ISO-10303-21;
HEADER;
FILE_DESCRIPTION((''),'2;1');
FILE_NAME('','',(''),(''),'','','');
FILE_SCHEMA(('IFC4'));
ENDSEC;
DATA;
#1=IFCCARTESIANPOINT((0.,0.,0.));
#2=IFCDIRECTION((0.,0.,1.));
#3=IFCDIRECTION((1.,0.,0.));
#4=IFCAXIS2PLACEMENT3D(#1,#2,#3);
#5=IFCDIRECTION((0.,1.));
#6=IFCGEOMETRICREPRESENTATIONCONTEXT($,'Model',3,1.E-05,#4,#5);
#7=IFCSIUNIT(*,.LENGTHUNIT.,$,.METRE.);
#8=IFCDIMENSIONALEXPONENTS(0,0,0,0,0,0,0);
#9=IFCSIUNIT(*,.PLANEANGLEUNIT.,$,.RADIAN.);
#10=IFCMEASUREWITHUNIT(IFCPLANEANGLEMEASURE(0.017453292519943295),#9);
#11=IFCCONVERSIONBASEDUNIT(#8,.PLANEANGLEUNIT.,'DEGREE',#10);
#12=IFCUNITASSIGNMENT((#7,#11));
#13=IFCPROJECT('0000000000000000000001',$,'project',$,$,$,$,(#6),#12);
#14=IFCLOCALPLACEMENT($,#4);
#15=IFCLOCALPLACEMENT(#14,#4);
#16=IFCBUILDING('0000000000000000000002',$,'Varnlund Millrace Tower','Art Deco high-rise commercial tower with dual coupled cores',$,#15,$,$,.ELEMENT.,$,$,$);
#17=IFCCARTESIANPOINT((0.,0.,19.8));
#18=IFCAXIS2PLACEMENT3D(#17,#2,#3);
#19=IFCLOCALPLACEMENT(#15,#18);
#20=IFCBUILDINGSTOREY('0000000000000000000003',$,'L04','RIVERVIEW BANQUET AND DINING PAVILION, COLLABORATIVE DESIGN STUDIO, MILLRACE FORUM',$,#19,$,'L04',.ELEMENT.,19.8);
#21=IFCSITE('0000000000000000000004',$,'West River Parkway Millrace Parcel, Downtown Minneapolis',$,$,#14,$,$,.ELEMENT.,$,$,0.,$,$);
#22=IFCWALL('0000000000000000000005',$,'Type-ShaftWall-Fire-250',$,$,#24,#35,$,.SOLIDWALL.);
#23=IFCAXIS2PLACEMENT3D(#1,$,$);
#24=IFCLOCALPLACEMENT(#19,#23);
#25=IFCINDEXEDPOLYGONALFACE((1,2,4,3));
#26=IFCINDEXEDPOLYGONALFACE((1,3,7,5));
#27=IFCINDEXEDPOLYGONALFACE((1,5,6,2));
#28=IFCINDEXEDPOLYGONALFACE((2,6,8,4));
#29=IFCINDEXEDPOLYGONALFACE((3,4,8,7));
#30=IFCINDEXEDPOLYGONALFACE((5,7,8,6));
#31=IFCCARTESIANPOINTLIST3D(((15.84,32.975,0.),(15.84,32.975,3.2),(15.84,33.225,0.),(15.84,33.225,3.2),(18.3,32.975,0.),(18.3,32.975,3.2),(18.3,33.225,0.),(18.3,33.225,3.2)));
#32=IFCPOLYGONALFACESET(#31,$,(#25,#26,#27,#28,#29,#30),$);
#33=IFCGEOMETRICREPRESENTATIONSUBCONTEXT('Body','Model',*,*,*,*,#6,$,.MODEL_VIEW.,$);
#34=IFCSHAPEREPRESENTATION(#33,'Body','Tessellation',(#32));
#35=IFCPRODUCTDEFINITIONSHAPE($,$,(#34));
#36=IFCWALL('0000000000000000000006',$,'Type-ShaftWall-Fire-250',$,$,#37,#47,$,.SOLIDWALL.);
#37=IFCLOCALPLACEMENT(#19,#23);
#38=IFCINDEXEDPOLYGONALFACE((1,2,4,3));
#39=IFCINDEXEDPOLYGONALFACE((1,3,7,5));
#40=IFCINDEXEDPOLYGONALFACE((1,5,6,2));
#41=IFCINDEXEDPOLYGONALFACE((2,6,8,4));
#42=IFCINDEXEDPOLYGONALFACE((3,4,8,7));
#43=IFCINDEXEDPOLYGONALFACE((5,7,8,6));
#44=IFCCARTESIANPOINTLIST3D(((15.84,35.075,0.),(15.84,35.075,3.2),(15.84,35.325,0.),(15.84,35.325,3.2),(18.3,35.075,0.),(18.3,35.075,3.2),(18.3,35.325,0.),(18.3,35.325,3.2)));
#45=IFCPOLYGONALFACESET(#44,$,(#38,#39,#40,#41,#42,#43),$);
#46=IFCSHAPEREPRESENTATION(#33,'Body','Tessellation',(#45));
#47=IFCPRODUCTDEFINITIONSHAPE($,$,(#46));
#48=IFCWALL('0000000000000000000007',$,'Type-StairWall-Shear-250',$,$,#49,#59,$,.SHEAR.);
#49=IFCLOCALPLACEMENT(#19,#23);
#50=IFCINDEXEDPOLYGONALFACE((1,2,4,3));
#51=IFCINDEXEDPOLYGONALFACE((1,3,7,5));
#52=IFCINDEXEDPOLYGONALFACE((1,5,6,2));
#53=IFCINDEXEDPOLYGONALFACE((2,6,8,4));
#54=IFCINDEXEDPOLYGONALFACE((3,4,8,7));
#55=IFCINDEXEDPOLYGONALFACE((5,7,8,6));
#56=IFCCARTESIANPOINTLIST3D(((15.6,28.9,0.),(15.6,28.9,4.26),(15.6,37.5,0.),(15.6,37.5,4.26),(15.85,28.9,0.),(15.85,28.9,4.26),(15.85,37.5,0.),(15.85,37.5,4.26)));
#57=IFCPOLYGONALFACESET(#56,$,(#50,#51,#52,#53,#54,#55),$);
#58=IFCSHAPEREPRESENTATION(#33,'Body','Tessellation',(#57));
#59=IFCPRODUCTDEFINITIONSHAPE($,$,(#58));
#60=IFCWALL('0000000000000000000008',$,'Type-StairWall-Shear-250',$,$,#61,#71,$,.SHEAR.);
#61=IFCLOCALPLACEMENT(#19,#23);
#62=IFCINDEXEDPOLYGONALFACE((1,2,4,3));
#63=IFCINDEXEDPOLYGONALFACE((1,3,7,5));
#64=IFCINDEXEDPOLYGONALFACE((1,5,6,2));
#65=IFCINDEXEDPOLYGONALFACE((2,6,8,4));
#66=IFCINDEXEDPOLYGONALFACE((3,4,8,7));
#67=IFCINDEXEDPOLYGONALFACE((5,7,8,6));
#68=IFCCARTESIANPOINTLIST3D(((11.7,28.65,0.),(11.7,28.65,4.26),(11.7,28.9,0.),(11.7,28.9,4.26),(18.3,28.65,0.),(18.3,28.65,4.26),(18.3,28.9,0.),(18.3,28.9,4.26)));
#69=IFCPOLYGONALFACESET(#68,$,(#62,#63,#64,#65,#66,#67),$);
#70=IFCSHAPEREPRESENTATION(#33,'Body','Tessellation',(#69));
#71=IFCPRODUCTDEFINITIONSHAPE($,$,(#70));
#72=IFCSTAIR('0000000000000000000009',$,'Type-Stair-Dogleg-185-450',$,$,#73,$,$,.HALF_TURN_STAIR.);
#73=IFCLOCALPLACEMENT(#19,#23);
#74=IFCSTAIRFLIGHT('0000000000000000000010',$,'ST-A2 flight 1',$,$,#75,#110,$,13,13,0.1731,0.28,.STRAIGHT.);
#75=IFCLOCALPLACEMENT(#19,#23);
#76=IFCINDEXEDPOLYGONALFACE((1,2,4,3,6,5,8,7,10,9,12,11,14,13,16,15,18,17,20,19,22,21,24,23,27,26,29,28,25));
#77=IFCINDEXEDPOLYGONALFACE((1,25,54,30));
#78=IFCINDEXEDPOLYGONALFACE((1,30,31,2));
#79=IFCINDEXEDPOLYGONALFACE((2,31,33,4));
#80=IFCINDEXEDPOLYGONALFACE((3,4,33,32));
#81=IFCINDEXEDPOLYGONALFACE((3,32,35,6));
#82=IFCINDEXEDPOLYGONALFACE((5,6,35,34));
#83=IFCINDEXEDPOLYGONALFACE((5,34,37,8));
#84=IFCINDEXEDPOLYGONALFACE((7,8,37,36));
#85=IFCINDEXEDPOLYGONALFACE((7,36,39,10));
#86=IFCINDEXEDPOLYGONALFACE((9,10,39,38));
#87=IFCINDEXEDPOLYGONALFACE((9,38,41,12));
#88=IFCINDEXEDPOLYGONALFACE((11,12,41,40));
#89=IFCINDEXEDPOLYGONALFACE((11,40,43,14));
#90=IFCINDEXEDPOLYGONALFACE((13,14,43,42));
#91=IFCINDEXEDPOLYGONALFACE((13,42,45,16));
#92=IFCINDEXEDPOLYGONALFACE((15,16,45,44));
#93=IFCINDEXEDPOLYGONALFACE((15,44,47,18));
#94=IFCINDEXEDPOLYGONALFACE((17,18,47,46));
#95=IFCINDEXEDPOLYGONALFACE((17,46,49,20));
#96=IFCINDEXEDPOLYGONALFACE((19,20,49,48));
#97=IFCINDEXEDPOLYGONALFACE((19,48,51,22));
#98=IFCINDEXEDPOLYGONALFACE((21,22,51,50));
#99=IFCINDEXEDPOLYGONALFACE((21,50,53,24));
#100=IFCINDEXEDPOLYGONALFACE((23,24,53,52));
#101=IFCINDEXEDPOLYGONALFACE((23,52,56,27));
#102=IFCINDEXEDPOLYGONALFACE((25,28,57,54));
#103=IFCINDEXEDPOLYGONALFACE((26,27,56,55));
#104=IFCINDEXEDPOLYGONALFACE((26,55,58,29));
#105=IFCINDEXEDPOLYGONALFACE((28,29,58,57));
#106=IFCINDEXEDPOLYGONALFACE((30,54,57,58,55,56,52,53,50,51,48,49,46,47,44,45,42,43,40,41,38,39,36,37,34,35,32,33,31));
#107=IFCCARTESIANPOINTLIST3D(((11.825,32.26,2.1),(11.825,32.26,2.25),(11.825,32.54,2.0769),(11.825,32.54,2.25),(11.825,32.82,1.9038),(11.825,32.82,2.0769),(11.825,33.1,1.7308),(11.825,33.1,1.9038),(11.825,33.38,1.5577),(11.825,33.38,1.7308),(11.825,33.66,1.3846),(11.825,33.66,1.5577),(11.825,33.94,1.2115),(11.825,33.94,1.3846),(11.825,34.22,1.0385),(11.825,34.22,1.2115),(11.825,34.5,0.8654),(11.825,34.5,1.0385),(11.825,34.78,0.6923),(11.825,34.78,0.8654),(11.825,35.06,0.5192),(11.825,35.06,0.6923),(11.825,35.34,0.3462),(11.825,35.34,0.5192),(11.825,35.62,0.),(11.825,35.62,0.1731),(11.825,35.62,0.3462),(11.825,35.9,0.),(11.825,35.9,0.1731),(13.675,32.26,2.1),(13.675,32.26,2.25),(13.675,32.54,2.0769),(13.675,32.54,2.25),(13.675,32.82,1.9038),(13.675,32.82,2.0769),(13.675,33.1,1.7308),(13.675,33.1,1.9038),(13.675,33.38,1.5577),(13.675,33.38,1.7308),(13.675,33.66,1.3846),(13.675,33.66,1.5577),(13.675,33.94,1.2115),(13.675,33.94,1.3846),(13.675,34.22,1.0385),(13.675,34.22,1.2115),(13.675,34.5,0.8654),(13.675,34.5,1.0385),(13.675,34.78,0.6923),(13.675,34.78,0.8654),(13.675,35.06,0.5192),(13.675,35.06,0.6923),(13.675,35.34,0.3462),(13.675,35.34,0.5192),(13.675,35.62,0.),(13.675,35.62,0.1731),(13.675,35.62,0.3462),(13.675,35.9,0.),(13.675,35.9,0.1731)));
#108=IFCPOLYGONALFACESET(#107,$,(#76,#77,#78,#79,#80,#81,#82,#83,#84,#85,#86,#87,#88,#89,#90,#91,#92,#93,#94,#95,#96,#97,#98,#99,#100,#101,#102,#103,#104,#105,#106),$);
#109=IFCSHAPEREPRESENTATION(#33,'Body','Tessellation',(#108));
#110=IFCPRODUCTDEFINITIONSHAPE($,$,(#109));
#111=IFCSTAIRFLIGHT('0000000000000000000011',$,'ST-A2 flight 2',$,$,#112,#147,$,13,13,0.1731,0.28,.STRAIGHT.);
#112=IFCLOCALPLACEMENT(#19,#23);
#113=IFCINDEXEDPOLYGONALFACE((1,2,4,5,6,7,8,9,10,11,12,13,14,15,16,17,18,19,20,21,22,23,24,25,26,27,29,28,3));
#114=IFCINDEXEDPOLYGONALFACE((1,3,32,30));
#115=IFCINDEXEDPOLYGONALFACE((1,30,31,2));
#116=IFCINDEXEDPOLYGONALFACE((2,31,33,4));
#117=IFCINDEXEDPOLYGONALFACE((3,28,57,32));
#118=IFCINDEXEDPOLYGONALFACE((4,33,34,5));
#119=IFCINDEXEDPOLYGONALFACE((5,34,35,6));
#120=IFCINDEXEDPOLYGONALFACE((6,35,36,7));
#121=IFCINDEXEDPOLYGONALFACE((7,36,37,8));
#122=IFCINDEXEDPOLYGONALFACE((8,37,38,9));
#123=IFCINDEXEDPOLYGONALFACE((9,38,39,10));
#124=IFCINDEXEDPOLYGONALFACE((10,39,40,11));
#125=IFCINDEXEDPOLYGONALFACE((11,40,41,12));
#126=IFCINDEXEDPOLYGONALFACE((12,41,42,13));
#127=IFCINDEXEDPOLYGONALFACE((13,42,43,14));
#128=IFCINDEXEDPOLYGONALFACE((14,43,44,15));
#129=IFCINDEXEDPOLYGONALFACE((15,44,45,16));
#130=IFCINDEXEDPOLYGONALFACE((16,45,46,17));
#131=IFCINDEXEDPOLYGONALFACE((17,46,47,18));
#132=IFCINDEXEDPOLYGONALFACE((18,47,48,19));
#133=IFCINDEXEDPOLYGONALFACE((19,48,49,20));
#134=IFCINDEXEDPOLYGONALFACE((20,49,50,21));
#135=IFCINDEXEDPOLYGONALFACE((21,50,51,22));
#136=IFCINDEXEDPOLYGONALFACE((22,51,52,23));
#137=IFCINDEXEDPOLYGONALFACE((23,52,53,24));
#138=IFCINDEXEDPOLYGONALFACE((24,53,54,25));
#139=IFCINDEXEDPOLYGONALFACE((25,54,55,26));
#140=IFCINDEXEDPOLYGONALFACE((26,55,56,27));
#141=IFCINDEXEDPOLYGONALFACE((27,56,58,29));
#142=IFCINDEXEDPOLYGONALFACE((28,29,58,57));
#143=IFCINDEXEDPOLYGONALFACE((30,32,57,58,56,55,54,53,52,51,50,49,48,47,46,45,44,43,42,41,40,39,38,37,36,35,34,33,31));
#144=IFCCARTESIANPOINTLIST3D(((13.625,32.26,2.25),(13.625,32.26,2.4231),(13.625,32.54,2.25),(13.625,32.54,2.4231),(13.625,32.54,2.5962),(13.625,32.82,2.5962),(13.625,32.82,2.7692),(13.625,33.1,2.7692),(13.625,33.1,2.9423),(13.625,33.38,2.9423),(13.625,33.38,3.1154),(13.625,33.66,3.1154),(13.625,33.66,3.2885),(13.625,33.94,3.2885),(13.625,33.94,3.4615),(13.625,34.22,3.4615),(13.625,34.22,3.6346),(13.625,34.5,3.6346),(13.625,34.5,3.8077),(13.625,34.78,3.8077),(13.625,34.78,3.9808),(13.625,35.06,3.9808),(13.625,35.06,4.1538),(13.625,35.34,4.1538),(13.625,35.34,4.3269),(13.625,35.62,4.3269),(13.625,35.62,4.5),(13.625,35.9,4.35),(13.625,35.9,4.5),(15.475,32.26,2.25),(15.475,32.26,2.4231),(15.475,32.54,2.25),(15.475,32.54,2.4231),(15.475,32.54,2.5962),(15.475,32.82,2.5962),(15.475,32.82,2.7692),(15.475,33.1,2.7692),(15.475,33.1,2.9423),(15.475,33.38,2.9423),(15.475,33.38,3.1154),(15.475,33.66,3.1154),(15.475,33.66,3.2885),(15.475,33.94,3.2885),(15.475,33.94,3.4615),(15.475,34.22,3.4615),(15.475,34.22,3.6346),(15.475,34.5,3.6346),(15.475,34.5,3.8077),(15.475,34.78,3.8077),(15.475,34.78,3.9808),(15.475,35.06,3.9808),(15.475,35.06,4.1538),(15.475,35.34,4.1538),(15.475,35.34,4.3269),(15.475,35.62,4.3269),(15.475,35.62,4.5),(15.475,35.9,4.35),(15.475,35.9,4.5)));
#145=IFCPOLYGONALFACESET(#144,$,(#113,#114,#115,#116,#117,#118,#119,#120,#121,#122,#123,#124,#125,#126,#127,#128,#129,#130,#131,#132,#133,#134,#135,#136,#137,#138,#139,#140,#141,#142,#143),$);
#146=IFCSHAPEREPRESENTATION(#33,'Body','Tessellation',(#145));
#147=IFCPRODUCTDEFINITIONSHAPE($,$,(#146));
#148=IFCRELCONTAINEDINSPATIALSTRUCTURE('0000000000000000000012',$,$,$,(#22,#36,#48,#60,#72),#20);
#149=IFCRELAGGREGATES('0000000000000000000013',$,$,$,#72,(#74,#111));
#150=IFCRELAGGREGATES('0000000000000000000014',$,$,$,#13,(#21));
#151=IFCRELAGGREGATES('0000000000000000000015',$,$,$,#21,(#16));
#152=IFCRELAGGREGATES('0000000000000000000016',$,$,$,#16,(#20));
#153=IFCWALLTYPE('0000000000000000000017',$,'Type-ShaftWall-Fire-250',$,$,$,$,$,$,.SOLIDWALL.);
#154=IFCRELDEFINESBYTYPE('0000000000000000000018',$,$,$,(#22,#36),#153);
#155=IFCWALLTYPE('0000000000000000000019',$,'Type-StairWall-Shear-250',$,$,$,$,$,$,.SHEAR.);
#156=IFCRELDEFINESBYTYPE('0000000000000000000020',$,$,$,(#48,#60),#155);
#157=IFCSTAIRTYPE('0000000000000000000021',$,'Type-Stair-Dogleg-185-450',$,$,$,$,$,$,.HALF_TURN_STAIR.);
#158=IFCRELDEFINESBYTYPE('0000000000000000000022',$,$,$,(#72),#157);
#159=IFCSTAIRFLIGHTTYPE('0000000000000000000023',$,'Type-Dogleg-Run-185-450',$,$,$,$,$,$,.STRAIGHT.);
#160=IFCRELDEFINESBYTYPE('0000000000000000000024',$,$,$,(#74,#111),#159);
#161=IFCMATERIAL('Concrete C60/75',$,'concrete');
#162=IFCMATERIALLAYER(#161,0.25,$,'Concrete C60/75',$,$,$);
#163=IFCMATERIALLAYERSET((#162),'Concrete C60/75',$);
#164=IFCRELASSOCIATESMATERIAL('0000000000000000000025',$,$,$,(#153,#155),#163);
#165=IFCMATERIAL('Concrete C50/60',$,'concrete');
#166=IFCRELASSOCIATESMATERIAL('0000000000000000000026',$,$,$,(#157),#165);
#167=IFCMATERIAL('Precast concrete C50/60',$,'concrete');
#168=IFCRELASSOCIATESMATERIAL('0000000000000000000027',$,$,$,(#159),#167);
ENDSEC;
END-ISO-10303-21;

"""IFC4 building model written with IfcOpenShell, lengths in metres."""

from ifc_helpers import new_model, entity, si_unit, converted_unit, direction, frame, origin_with_axes, place, context, subcontext, project, spatial, polyline, outline, extrude, material, layer, layer_set, type_object, element, aggregate, save


model = new_model("IFC4")

# Units and contexts
model_context = context("Model", 3, precision=1e-05, world=origin_with_axes(), true_north=direction((0.0, 1.0)))
body_context = subcontext(model_context, "Body", "Model", "MODEL_VIEW")
ifc_project = project(units=[si_unit("LENGTHUNIT", "METRE"), converted_unit("PLANEANGLEUNIT", "DEGREE", entity("IfcPlaneAngleMeasure", 0.017453292519943295), si_unit("PLANEANGLEUNIT", "RADIAN"), dimensions=[0, 0, 0, 0, 0, 0, 0])], contexts=[model_context])

# Site, building, storey
site_placement = place(None, origin_with_axes())
site = spatial("IfcSite", under=ifc_project, at=site_placement, Name="West River Parkway Millrace Parcel, Downtown Minneapolis", CompositionType="ELEMENT", RefElevation=0.0)
building_placement = place(site_placement, origin_with_axes())
building = spatial("IfcBuilding", under=site, at=building_placement, Name="Varnlund Millrace Tower", Description="Art Deco high-rise commercial tower with dual coupled cores", CompositionType="ELEMENT")
storey_placement = place(building_placement, frame((0.0, 0.0, 19.8), z_axis=(0.0, 0.0, 1.0), x_axis=(1.0, 0.0, 0.0)))
storey = spatial("IfcBuildingStorey", under=building, at=storey_placement, Name="L04", Description="RIVERVIEW BANQUET AND DINING PAVILION, COLLABORATIVE DESIGN STUDIO, MILLRACE FORUM", LongName="L04", CompositionType="ELEMENT", Elevation=19.8)

# Walls
ifc_material_1 = material(Name="Concrete C60/75", Category="concrete")
ifc_layer = layer(ifc_material_1, 0.25, Name="Concrete C60/75")
ifc_layer_set = layer_set([ifc_layer], Name="Concrete C60/75")
wall_type_1 = type_object("IfcWallType", Name="Type-ShaftWall-Fire-250", PredefinedType="SOLIDWALL", material=ifc_layer_set)
for number, where, z_axis, x_axis, name in (
    (1, (15.84, 33.1, 0.0), (0.0, 0.0, 1.0), (1.0, 0.0, 0.0), "Type-ShaftWall-Fire-250"),
    (2, (15.84, 35.2, 0.0), (0.0, 0.0, 1.0), (1.0, 0.0, 0.0), "Type-ShaftWall-Fire-250"),
):
    element("IfcWall", number, at=place(storey_placement, frame(where, z_axis=z_axis, x_axis=x_axis)), inside=storey, type_object=wall_type_1, Name=name, PredefinedType="SOLIDWALL", context=body_context, shape_type="SweptSolid", body=[
        extrude(outline(polyline([(0.0, -0.125), (2.46, -0.125), (2.46, 0.125), (0.0, 0.125), (0.0, -0.125)])), origin_with_axes(), (0.0, 0.0, 1.0), 3.2),
    ])
wall_type_2 = type_object("IfcWallType", Name="Type-StairWall-Shear-250", PredefinedType="SHEAR", material=ifc_layer_set)
wall_1_placement = place(storey_placement, frame((15.725, 28.9, 0.0), z_axis=(0.0, 0.0, 1.0), x_axis=(0.0, 1.0, 0.0)))
element("IfcWall", 3, at=wall_1_placement, inside=storey, type_object=wall_type_2, Name="Type-StairWall-Shear-250", PredefinedType="SHEAR", context=body_context, shape_type="SweptSolid", body=[
    extrude(outline(polyline([(0.0, -0.125), (8.6, -0.125), (8.6, 0.125), (0.0, 0.125), (0.0, -0.125)])), origin_with_axes(), (0.0, 0.0, 1.0), 4.26),
])
wall_2_placement = place(storey_placement, frame((11.7, 28.775, 0.0), z_axis=(0.0, 0.0, 1.0), x_axis=(1.0, 0.0, 0.0)))
element("IfcWall", 4, at=wall_2_placement, inside=storey, type_object=wall_type_2, Name="Type-StairWall-Shear-250", PredefinedType="SHEAR", context=body_context, shape_type="SweptSolid", body=[
    extrude(outline(polyline([(0.0, -0.125), (6.6, -0.125), (6.6, 0.125), (0.0, 0.125), (0.0, -0.125)])), origin_with_axes(), (0.0, 0.0, 1.0), 4.26),
])

# Stair, stair flights
ifc_material_2 = material(Name="Concrete C50/60", Category="concrete")
stair_type = type_object("IfcStairType", Name="Type-Stair-Dogleg-185-450", PredefinedType="HALF_TURN_STAIR", material=ifc_material_2)
stair_placement = place(storey_placement, origin_with_axes())
stair = element("IfcStair", 5, at=stair_placement, inside=storey, type_object=stair_type, Name="Type-Stair-Dogleg-185-450", PredefinedType="HALF_TURN_STAIR")
ifc_material_3 = material(Name="Precast concrete C50/60", Category="concrete")
stair_flight_type = type_object("IfcStairFlightType", Name="Type-Dogleg-Run-185-450", PredefinedType="STRAIGHT", material=ifc_material_3)
stair_flight_1_placement = place(storey_placement, frame((13.675, 35.9, 0.0), z_axis=(-1.0, 0.0, 0.0), x_axis=(0.0, -1.0, 0.0)))
stair_flight_1 = element("IfcStairFlight", 6, at=stair_flight_1_placement, type_object=stair_flight_type, Name="ST-A2 flight 1", NumberOfRisers=13, NumberOfTreads=13, PredefinedType="STRAIGHT", RiserHeight=0.1731, TreadLength=0.28, context=body_context, shape_type="SweptSolid", body=[
    extrude(outline(polyline([(0.0, 0.0), (0.0, 0.1731), (0.28, 0.1731), (0.28, 0.3462), (0.56, 0.3462), (0.56, 0.5192), (0.84, 0.5192), (0.84, 0.6923), (1.12, 0.6923), (1.12, 0.8654), (1.4, 0.8654), (1.4, 1.0385), (1.68, 1.0385), (1.68, 1.2115), (1.96, 1.2115), (1.96, 1.3846), (2.24, 1.3846), (2.24, 1.5577), (2.52, 1.5577), (2.52, 1.7308), (2.8, 1.7308), (2.8, 1.9038), (3.08, 1.9038), (3.08, 2.0769), (3.36, 2.0769), (3.36, 2.25), (3.64, 2.25), (3.64, 2.1), (0.28, 0.0), (0.0, 0.0)])), origin_with_axes(), (0.0, 0.0, 1.0), 1.85),
])
stair_flight_2_placement = place(storey_placement, frame((13.625, 32.26, 2.25), z_axis=(1.0, 0.0, 0.0), x_axis=(0.0, 1.0, 0.0)))
stair_flight_2 = element("IfcStairFlight", 7, at=stair_flight_2_placement, type_object=stair_flight_type, Name="ST-A2 flight 2", NumberOfRisers=13, NumberOfTreads=13, PredefinedType="STRAIGHT", RiserHeight=0.1731, TreadLength=0.28, context=body_context, shape_type="SweptSolid", body=[
    extrude(outline(polyline([(0.0, 0.0), (0.0, 0.1731), (0.28, 0.1731), (0.28, 0.3462), (0.56, 0.3462), (0.56, 0.5192), (0.84, 0.5192), (0.84, 0.6923), (1.12, 0.6923), (1.12, 0.8654), (1.4, 0.8654), (1.4, 1.0385), (1.68, 1.0385), (1.68, 1.2115), (1.96, 1.2115), (1.96, 1.3846), (2.24, 1.3846), (2.24, 1.5577), (2.52, 1.5577), (2.52, 1.7308), (2.8, 1.7308), (2.8, 1.9038), (3.08, 1.9038), (3.08, 2.0769), (3.36, 2.0769), (3.36, 2.25), (3.64, 2.25), (3.64, 2.1), (0.28, 0.0), (0.0, 0.0)])), origin_with_axes(), (0.0, 0.0, 1.0), 1.85),
])
aggregate(stair, [stair_flight_1, stair_flight_2])

save(model, "model.ifc")
